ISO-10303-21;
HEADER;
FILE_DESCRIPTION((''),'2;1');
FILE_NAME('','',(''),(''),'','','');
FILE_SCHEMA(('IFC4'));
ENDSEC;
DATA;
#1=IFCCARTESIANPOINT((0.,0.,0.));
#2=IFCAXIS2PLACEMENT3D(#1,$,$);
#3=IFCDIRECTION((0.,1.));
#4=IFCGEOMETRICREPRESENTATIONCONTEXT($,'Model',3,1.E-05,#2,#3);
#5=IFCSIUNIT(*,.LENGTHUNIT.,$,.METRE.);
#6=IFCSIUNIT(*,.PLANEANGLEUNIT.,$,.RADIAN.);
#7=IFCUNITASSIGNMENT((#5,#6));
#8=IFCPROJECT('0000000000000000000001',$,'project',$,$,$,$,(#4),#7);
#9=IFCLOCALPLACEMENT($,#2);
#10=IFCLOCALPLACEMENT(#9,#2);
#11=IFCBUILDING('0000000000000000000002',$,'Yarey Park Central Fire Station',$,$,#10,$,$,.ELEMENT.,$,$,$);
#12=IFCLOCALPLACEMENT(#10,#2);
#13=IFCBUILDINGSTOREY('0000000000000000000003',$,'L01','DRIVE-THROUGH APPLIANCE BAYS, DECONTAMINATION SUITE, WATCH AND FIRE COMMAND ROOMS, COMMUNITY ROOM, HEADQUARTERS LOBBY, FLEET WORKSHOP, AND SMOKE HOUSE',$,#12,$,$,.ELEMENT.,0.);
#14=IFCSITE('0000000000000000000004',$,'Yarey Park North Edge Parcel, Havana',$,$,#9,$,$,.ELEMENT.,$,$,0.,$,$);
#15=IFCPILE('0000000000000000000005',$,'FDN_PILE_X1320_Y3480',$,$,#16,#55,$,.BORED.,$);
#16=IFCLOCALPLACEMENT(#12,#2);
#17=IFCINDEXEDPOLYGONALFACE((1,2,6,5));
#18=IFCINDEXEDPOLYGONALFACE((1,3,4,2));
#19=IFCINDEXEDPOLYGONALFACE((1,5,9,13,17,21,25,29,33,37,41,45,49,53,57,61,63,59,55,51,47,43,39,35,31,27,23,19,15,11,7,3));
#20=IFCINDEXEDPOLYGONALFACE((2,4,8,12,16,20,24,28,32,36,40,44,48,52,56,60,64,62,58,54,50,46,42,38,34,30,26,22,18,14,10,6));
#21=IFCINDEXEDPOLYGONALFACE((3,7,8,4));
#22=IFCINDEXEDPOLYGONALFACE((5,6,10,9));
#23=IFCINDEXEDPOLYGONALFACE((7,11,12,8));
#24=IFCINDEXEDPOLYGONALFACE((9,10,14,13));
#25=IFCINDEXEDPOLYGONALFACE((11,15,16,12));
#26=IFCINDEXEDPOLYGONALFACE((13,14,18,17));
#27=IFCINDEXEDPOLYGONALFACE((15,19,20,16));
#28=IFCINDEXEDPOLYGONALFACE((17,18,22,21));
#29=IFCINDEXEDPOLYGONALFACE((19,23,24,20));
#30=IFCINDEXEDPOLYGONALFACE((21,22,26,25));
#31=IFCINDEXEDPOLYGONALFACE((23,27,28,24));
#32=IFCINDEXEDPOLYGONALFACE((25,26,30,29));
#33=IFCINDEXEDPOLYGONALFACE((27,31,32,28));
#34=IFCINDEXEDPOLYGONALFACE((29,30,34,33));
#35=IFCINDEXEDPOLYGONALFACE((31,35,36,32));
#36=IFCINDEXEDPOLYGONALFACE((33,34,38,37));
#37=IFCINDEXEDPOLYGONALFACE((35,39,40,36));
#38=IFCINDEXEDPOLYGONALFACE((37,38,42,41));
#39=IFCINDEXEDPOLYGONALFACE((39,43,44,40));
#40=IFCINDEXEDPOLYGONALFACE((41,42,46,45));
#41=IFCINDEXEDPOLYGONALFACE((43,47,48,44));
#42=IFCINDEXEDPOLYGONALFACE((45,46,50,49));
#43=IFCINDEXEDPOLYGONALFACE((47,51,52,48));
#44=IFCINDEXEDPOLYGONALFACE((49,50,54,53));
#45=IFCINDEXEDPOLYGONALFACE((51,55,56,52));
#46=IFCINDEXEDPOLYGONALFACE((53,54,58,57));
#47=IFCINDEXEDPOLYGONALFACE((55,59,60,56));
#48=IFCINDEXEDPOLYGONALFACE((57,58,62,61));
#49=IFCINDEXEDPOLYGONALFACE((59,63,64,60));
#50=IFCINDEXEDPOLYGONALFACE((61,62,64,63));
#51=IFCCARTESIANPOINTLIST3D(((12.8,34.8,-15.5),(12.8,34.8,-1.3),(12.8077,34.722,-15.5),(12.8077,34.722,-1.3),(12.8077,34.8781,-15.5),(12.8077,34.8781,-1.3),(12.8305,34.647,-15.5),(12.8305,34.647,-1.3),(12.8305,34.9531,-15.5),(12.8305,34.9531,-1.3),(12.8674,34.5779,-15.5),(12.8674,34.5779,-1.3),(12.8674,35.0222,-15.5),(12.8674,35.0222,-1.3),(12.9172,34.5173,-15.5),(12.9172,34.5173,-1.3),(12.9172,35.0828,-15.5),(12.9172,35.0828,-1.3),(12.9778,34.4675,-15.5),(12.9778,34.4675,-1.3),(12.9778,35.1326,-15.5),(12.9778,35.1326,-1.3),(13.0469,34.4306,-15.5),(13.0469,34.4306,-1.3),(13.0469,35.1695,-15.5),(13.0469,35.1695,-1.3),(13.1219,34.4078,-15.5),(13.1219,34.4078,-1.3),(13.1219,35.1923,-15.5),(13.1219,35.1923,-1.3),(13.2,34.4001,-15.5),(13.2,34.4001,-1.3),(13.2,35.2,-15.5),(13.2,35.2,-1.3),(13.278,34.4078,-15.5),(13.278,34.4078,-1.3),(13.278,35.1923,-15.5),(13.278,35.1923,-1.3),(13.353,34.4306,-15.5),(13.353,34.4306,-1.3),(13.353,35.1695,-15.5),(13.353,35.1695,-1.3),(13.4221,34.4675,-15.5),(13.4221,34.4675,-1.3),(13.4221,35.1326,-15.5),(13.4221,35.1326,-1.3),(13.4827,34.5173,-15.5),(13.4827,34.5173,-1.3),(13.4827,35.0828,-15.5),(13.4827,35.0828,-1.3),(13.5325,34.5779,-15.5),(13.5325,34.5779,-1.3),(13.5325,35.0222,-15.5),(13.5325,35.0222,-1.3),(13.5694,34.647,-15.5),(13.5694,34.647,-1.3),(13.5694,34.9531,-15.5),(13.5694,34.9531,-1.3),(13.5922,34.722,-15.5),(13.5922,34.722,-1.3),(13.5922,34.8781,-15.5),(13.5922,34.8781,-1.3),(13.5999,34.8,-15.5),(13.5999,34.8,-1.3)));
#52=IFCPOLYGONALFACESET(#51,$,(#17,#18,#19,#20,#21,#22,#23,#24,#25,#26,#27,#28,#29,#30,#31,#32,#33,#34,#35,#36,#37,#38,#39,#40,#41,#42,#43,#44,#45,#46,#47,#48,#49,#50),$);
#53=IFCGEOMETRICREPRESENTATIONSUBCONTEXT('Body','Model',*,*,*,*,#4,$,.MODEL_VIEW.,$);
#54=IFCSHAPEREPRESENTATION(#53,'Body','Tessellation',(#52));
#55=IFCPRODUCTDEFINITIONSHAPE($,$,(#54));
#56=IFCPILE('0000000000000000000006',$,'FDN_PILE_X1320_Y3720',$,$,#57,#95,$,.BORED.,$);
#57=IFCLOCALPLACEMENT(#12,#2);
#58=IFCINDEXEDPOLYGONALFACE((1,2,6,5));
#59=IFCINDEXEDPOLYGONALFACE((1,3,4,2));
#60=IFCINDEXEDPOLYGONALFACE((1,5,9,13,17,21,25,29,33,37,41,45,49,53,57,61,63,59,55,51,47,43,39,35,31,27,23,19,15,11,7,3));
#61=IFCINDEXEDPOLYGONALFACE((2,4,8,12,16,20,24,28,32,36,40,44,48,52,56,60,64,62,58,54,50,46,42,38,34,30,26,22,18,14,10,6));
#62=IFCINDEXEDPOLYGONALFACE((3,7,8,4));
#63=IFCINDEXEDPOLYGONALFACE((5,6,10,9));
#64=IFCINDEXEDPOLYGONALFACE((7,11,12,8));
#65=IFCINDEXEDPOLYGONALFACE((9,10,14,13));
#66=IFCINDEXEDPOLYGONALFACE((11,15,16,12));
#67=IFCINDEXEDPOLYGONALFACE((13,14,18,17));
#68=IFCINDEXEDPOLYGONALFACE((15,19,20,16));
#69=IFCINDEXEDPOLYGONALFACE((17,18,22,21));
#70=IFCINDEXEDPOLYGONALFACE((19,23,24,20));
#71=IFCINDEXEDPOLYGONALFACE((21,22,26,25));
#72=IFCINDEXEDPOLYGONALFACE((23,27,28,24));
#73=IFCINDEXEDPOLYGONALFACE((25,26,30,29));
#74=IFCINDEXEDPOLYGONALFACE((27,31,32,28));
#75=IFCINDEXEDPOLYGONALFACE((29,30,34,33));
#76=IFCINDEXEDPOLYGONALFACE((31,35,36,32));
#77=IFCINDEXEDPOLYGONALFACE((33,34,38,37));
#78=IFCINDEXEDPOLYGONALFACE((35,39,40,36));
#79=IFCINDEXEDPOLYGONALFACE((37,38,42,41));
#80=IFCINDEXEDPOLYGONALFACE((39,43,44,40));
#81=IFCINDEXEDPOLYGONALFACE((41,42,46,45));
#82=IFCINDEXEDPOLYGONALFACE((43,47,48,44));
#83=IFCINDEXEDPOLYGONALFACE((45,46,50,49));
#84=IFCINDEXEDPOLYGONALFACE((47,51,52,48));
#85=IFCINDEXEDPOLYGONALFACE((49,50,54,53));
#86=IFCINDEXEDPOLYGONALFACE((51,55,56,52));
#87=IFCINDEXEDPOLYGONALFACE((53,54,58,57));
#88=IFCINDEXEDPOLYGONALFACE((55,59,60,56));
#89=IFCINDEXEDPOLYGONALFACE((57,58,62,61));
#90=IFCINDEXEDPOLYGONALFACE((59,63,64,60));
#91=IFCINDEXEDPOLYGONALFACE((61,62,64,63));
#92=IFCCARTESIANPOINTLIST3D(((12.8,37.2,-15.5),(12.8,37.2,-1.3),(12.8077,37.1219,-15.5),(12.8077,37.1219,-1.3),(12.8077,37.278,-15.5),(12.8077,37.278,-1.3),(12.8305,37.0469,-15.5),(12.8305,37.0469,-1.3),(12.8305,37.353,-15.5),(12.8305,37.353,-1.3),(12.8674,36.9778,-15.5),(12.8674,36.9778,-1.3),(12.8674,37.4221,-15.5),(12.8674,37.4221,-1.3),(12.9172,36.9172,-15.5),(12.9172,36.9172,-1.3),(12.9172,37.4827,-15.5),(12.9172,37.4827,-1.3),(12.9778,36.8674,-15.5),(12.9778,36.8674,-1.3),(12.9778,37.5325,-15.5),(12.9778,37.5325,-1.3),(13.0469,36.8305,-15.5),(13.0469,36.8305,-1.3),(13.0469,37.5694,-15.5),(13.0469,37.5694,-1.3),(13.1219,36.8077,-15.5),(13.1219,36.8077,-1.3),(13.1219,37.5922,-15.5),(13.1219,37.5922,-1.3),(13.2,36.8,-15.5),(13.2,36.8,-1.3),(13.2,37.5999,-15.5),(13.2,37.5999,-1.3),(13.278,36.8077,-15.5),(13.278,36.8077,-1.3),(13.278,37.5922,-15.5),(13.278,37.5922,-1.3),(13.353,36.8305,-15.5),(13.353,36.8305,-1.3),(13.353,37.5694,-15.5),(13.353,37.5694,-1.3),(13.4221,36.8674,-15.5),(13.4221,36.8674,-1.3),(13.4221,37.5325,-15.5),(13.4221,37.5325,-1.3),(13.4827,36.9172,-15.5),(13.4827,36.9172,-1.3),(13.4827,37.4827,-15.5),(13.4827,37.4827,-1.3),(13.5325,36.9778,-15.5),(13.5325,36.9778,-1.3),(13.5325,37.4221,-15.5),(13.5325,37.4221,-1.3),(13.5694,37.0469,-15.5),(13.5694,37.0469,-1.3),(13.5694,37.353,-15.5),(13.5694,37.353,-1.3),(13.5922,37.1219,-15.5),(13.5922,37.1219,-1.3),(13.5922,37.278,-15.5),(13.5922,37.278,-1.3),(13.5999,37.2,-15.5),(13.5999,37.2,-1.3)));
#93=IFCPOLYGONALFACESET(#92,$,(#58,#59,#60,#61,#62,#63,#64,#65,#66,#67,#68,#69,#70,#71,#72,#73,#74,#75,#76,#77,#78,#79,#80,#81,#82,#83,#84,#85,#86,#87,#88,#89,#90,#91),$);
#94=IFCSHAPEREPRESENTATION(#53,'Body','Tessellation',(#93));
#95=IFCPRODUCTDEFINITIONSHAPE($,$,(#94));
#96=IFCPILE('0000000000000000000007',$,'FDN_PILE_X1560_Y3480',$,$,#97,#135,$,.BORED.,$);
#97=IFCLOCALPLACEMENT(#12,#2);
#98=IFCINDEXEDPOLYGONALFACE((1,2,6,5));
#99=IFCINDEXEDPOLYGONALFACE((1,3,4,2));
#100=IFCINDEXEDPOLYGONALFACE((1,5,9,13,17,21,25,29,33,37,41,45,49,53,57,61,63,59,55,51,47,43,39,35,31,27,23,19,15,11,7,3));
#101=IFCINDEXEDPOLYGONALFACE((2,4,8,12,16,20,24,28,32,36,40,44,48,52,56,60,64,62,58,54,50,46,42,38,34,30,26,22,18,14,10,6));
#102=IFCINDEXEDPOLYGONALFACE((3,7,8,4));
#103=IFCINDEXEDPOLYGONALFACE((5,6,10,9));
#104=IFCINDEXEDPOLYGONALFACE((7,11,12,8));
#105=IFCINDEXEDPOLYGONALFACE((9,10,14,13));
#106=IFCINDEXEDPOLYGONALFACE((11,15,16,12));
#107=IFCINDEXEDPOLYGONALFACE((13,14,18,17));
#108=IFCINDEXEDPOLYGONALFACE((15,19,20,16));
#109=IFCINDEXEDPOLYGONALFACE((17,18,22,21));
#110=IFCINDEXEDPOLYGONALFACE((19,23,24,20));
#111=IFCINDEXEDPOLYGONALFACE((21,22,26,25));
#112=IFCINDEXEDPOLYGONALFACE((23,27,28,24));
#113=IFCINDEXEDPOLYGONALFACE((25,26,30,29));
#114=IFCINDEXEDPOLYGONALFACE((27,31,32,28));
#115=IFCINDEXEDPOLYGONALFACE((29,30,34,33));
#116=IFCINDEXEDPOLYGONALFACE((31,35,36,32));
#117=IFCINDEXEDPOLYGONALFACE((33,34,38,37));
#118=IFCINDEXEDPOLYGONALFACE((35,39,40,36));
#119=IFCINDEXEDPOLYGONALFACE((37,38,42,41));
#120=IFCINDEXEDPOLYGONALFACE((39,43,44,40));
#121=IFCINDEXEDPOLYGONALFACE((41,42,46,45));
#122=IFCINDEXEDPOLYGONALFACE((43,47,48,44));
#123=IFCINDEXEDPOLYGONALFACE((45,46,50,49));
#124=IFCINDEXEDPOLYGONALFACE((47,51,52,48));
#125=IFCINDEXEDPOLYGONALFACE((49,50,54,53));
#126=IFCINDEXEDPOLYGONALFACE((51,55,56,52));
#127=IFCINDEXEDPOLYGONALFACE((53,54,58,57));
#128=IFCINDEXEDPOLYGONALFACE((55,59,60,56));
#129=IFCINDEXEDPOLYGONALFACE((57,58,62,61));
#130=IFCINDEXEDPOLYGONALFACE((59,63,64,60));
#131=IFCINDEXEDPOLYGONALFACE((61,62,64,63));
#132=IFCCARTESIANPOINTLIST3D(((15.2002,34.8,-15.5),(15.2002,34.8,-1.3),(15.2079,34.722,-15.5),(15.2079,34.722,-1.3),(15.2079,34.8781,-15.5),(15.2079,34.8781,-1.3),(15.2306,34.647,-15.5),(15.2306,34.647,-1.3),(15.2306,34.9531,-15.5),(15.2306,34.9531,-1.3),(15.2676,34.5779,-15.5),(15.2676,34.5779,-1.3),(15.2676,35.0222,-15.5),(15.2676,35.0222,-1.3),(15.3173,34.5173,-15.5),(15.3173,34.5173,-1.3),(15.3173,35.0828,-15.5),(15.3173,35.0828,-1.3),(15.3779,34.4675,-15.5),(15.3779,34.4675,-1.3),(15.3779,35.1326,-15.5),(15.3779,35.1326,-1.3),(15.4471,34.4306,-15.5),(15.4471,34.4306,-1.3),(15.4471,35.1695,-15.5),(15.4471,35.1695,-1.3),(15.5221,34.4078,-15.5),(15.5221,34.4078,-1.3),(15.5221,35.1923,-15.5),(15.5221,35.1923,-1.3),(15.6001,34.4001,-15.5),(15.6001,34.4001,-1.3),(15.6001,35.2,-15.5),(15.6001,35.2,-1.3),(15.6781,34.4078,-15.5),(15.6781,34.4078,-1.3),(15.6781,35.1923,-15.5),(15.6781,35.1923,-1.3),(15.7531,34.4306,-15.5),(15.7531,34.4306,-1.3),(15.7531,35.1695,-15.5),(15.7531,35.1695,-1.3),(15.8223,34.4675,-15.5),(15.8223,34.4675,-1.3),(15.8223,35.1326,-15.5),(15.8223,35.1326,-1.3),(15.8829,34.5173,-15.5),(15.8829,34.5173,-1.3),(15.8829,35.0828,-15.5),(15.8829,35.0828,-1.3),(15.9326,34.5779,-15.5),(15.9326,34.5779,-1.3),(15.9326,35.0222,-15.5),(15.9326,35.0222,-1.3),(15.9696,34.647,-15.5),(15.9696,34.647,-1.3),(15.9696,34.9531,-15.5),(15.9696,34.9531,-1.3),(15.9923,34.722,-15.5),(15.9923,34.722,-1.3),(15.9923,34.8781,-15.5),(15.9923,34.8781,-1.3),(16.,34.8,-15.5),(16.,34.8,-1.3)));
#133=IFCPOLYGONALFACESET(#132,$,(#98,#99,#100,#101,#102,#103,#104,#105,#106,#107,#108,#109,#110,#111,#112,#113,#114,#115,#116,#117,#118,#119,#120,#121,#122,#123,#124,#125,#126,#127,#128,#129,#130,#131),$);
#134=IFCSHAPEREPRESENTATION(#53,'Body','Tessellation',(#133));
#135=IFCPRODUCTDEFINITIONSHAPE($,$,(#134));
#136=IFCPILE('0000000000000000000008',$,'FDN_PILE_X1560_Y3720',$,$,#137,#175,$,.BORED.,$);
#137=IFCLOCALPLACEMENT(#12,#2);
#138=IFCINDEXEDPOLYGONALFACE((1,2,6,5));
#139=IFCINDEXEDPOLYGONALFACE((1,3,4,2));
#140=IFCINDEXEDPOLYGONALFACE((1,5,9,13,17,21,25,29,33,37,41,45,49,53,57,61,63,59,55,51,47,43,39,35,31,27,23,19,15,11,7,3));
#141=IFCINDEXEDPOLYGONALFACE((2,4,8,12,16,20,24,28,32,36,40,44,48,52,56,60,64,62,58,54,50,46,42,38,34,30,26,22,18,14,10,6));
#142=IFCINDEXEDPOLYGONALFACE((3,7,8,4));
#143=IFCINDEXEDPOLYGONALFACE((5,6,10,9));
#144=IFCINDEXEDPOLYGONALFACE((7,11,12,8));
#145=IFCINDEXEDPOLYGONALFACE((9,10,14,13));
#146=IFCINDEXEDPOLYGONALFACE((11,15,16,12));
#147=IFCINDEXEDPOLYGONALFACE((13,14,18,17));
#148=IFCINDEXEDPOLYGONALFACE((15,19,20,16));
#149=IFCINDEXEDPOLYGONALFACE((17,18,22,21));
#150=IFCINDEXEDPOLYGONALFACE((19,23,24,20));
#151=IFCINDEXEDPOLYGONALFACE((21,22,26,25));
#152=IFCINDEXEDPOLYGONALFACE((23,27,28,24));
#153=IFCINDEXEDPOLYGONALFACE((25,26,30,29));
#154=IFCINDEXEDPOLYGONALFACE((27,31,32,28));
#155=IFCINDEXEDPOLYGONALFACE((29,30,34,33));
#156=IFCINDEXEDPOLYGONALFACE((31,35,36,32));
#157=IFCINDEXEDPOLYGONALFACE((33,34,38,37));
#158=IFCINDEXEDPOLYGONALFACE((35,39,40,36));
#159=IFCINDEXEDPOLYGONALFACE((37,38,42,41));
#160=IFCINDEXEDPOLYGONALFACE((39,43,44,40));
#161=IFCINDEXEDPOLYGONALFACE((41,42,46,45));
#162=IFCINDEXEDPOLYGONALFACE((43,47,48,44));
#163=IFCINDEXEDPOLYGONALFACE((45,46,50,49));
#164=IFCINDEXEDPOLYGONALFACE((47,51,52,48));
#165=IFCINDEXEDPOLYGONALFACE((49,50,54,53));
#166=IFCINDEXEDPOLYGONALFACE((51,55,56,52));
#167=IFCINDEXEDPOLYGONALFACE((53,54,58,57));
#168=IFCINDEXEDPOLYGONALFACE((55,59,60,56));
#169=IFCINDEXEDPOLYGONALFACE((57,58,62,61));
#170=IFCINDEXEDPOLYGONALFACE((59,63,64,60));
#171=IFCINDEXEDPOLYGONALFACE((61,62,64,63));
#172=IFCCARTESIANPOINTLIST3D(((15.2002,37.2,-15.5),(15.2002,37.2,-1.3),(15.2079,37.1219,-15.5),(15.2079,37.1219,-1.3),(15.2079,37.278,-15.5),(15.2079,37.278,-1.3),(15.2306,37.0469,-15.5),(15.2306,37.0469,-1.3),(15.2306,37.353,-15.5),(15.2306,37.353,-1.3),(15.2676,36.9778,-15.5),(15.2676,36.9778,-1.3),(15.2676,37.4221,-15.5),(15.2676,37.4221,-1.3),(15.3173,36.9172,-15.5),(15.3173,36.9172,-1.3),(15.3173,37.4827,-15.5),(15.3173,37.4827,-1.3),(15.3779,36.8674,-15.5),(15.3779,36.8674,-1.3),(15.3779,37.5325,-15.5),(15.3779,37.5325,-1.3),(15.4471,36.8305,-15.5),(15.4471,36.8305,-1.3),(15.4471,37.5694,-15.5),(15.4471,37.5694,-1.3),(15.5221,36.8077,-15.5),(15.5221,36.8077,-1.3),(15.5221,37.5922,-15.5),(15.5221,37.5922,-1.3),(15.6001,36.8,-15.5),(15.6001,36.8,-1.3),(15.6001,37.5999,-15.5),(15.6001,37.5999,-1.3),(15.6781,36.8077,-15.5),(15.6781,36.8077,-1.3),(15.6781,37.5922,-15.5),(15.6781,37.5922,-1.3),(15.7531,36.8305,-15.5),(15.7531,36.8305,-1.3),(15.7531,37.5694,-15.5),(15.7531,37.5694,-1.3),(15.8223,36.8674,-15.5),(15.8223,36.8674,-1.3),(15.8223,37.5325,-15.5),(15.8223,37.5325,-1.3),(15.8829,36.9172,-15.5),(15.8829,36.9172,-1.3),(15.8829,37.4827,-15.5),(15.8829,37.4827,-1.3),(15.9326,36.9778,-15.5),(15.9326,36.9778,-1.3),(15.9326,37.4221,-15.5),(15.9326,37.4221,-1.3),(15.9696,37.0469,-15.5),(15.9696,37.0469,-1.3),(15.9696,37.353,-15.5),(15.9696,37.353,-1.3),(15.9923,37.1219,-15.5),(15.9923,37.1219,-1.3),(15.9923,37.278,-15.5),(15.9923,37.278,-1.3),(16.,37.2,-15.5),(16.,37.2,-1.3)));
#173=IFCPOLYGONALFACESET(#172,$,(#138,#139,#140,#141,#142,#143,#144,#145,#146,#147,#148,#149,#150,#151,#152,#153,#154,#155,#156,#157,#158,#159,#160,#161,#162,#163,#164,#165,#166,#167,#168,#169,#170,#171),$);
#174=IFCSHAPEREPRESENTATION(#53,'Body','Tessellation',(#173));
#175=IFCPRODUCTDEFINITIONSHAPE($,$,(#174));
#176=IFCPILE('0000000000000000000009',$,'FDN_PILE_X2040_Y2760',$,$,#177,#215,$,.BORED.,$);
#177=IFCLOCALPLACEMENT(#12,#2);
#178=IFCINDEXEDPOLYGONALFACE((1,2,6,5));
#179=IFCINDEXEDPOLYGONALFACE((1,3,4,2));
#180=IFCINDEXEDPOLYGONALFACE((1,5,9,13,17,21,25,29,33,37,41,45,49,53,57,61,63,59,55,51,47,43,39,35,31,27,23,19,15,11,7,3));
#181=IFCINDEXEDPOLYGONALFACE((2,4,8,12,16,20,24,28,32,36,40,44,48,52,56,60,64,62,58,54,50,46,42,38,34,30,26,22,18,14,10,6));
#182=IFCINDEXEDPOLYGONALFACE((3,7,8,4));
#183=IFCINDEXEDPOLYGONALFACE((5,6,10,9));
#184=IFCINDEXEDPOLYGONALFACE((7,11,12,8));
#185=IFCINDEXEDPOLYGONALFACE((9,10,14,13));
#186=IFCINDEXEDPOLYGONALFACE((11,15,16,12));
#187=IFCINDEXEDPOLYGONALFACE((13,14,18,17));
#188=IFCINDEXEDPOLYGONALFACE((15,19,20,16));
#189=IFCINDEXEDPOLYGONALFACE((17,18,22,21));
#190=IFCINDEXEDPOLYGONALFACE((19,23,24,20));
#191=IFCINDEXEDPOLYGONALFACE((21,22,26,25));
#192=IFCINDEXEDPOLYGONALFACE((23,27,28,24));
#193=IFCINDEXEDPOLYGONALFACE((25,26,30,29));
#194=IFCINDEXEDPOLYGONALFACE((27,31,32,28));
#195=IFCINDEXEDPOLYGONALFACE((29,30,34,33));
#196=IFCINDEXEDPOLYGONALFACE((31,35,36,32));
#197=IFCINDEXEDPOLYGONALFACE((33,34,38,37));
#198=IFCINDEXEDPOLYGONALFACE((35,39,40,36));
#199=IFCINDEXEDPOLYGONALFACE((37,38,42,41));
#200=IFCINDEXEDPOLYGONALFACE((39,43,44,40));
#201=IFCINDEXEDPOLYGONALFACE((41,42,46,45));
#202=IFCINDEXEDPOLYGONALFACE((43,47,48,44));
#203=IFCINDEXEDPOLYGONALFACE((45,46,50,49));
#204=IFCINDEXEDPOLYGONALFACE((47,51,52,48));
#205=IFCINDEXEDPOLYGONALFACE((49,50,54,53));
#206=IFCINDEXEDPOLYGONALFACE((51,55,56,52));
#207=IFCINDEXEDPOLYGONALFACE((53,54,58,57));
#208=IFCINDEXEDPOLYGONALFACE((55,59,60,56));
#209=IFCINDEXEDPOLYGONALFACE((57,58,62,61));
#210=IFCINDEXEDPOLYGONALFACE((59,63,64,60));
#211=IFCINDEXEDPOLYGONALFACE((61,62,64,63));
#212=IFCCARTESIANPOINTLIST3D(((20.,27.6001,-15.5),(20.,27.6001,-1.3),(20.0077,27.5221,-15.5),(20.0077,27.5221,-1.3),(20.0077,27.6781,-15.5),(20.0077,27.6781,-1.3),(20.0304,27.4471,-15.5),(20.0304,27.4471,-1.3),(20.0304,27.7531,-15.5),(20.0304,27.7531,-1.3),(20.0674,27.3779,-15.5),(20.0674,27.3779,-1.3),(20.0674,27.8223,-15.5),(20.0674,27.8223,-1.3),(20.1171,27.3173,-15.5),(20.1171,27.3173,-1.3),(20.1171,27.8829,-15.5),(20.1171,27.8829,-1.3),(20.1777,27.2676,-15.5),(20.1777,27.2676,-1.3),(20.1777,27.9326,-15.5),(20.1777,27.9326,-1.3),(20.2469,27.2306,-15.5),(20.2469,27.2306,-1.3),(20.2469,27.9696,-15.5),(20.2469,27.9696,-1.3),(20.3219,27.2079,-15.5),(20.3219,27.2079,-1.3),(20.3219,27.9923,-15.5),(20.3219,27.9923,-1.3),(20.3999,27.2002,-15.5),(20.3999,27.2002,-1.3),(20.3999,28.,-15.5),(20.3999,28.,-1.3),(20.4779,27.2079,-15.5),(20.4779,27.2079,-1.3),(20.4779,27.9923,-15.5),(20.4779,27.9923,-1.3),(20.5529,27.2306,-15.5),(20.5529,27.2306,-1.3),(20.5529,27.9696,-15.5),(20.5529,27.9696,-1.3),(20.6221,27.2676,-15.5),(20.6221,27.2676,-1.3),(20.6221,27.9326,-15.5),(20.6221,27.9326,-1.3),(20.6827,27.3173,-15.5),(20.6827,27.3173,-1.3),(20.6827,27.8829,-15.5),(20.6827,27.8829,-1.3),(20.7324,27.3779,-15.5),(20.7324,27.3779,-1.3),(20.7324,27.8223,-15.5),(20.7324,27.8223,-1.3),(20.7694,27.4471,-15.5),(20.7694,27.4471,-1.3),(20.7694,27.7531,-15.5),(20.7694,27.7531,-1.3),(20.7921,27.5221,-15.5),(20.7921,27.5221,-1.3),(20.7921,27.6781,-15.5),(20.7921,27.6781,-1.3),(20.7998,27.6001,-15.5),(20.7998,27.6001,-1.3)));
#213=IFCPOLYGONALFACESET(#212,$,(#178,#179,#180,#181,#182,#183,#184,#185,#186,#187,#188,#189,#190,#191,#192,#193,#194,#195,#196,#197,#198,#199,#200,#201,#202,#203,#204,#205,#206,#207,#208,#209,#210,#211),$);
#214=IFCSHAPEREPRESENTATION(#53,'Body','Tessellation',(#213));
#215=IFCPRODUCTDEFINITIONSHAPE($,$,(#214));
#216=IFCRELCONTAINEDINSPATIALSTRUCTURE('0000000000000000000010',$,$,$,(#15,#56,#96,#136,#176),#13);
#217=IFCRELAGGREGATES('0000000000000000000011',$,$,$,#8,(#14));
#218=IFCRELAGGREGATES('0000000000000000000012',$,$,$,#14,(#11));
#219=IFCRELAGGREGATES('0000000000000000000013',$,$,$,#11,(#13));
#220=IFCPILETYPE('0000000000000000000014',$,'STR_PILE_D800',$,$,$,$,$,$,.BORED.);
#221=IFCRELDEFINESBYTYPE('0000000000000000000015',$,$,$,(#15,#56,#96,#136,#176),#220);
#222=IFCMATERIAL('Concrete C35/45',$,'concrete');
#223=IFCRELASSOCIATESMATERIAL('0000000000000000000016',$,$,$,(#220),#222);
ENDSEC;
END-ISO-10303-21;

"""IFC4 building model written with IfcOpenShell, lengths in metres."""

from ifc_helpers import new_model, si_unit, direction, frame, origin, origin_2d, place, context, subcontext, project, spatial, circle, extrude, material, material_profile, profile_set, type_object, element, save


model = new_model("IFC4")

# Units and contexts
model_context = context("Model", 3, precision=1e-05, world=origin(), true_north=direction((0.0, 1.0)))
body_context = subcontext(model_context, "Body", "Model", "MODEL_VIEW")
ifc_project = project(units=[si_unit("LENGTHUNIT", "METRE"), si_unit("PLANEANGLEUNIT", "RADIAN")], contexts=[model_context])

# Site, building, storey
site_placement = place(None, origin())
site = spatial("IfcSite", under=ifc_project, at=site_placement, Name="Yarey Park North Edge Parcel, Havana", CompositionType="ELEMENT", RefElevation=0.0)
building_placement = place(site_placement, origin())
building = spatial("IfcBuilding", under=site, at=building_placement, Name="Yarey Park Central Fire Station", CompositionType="ELEMENT")
storey_placement = place(building_placement, origin())
storey = spatial("IfcBuildingStorey", under=building, at=storey_placement, Name="L01", Description="DRIVE-THROUGH APPLIANCE BAYS, DECONTAMINATION SUITE, WATCH AND FIRE COMMAND ROOMS, COMMUNITY ROOM, HEADQUARTERS LOBBY, FLEET WORKSHOP, AND SMOKE HOUSE", CompositionType="ELEMENT", Elevation=0.0)

# Shared definitions
ifc_material_1 = material(Name="Concrete C35/45", Category="concrete")

# Piles
ifc_material_profile_1 = material_profile(ifc_material_1, circle(Radius=0.3999, at=origin_2d()), Name="BORED PILE D800")
ifc_profile_set_1 = profile_set([ifc_material_profile_1], Name="Concrete C35/45")
pile_type = type_object("IfcPileType", Name="STR_PILE_D800", PredefinedType="BORED", material=ifc_profile_set_1)
for number, where, z_axis, x_axis, name in (
    (1, (13.2, 34.8, -1.3), (0.0, 0.0, -1.0), (1.0, 0.0, 0.0), "FDN_PILE_X1320_Y3480"),
    (2, (13.2, 37.2, -1.3), (0.0, 0.0, -1.0), (1.0, 0.0, 0.0), "FDN_PILE_X1320_Y3720"),
    (3, (15.6001, 34.8, -1.3), (0.0, 0.0, -1.0), (1.0, 0.0, 0.0), "FDN_PILE_X1560_Y3480"),
    (4, (15.6001, 37.2, -1.3), (0.0, 0.0, -1.0), (1.0, 0.0, 0.0), "FDN_PILE_X1560_Y3720"),
    (5, (20.3999, 27.6001, -1.3), (0.0, 0.0, -1.0), (1.0, 0.0, 0.0), "FDN_PILE_X2040_Y2760"),
):
    element("IfcPile", number, at=place(storey_placement, frame(where, z_axis=z_axis, x_axis=x_axis)), inside=storey, type_object=pile_type, Name=name, PredefinedType="BORED", context=body_context, shape_type="SweptSolid", body=[
        extrude(circle(Radius=0.3999, at=origin_2d()), origin(), (0.0, 0.0, 1.0), 14.2),
    ])

save(model, "model.ifc")
